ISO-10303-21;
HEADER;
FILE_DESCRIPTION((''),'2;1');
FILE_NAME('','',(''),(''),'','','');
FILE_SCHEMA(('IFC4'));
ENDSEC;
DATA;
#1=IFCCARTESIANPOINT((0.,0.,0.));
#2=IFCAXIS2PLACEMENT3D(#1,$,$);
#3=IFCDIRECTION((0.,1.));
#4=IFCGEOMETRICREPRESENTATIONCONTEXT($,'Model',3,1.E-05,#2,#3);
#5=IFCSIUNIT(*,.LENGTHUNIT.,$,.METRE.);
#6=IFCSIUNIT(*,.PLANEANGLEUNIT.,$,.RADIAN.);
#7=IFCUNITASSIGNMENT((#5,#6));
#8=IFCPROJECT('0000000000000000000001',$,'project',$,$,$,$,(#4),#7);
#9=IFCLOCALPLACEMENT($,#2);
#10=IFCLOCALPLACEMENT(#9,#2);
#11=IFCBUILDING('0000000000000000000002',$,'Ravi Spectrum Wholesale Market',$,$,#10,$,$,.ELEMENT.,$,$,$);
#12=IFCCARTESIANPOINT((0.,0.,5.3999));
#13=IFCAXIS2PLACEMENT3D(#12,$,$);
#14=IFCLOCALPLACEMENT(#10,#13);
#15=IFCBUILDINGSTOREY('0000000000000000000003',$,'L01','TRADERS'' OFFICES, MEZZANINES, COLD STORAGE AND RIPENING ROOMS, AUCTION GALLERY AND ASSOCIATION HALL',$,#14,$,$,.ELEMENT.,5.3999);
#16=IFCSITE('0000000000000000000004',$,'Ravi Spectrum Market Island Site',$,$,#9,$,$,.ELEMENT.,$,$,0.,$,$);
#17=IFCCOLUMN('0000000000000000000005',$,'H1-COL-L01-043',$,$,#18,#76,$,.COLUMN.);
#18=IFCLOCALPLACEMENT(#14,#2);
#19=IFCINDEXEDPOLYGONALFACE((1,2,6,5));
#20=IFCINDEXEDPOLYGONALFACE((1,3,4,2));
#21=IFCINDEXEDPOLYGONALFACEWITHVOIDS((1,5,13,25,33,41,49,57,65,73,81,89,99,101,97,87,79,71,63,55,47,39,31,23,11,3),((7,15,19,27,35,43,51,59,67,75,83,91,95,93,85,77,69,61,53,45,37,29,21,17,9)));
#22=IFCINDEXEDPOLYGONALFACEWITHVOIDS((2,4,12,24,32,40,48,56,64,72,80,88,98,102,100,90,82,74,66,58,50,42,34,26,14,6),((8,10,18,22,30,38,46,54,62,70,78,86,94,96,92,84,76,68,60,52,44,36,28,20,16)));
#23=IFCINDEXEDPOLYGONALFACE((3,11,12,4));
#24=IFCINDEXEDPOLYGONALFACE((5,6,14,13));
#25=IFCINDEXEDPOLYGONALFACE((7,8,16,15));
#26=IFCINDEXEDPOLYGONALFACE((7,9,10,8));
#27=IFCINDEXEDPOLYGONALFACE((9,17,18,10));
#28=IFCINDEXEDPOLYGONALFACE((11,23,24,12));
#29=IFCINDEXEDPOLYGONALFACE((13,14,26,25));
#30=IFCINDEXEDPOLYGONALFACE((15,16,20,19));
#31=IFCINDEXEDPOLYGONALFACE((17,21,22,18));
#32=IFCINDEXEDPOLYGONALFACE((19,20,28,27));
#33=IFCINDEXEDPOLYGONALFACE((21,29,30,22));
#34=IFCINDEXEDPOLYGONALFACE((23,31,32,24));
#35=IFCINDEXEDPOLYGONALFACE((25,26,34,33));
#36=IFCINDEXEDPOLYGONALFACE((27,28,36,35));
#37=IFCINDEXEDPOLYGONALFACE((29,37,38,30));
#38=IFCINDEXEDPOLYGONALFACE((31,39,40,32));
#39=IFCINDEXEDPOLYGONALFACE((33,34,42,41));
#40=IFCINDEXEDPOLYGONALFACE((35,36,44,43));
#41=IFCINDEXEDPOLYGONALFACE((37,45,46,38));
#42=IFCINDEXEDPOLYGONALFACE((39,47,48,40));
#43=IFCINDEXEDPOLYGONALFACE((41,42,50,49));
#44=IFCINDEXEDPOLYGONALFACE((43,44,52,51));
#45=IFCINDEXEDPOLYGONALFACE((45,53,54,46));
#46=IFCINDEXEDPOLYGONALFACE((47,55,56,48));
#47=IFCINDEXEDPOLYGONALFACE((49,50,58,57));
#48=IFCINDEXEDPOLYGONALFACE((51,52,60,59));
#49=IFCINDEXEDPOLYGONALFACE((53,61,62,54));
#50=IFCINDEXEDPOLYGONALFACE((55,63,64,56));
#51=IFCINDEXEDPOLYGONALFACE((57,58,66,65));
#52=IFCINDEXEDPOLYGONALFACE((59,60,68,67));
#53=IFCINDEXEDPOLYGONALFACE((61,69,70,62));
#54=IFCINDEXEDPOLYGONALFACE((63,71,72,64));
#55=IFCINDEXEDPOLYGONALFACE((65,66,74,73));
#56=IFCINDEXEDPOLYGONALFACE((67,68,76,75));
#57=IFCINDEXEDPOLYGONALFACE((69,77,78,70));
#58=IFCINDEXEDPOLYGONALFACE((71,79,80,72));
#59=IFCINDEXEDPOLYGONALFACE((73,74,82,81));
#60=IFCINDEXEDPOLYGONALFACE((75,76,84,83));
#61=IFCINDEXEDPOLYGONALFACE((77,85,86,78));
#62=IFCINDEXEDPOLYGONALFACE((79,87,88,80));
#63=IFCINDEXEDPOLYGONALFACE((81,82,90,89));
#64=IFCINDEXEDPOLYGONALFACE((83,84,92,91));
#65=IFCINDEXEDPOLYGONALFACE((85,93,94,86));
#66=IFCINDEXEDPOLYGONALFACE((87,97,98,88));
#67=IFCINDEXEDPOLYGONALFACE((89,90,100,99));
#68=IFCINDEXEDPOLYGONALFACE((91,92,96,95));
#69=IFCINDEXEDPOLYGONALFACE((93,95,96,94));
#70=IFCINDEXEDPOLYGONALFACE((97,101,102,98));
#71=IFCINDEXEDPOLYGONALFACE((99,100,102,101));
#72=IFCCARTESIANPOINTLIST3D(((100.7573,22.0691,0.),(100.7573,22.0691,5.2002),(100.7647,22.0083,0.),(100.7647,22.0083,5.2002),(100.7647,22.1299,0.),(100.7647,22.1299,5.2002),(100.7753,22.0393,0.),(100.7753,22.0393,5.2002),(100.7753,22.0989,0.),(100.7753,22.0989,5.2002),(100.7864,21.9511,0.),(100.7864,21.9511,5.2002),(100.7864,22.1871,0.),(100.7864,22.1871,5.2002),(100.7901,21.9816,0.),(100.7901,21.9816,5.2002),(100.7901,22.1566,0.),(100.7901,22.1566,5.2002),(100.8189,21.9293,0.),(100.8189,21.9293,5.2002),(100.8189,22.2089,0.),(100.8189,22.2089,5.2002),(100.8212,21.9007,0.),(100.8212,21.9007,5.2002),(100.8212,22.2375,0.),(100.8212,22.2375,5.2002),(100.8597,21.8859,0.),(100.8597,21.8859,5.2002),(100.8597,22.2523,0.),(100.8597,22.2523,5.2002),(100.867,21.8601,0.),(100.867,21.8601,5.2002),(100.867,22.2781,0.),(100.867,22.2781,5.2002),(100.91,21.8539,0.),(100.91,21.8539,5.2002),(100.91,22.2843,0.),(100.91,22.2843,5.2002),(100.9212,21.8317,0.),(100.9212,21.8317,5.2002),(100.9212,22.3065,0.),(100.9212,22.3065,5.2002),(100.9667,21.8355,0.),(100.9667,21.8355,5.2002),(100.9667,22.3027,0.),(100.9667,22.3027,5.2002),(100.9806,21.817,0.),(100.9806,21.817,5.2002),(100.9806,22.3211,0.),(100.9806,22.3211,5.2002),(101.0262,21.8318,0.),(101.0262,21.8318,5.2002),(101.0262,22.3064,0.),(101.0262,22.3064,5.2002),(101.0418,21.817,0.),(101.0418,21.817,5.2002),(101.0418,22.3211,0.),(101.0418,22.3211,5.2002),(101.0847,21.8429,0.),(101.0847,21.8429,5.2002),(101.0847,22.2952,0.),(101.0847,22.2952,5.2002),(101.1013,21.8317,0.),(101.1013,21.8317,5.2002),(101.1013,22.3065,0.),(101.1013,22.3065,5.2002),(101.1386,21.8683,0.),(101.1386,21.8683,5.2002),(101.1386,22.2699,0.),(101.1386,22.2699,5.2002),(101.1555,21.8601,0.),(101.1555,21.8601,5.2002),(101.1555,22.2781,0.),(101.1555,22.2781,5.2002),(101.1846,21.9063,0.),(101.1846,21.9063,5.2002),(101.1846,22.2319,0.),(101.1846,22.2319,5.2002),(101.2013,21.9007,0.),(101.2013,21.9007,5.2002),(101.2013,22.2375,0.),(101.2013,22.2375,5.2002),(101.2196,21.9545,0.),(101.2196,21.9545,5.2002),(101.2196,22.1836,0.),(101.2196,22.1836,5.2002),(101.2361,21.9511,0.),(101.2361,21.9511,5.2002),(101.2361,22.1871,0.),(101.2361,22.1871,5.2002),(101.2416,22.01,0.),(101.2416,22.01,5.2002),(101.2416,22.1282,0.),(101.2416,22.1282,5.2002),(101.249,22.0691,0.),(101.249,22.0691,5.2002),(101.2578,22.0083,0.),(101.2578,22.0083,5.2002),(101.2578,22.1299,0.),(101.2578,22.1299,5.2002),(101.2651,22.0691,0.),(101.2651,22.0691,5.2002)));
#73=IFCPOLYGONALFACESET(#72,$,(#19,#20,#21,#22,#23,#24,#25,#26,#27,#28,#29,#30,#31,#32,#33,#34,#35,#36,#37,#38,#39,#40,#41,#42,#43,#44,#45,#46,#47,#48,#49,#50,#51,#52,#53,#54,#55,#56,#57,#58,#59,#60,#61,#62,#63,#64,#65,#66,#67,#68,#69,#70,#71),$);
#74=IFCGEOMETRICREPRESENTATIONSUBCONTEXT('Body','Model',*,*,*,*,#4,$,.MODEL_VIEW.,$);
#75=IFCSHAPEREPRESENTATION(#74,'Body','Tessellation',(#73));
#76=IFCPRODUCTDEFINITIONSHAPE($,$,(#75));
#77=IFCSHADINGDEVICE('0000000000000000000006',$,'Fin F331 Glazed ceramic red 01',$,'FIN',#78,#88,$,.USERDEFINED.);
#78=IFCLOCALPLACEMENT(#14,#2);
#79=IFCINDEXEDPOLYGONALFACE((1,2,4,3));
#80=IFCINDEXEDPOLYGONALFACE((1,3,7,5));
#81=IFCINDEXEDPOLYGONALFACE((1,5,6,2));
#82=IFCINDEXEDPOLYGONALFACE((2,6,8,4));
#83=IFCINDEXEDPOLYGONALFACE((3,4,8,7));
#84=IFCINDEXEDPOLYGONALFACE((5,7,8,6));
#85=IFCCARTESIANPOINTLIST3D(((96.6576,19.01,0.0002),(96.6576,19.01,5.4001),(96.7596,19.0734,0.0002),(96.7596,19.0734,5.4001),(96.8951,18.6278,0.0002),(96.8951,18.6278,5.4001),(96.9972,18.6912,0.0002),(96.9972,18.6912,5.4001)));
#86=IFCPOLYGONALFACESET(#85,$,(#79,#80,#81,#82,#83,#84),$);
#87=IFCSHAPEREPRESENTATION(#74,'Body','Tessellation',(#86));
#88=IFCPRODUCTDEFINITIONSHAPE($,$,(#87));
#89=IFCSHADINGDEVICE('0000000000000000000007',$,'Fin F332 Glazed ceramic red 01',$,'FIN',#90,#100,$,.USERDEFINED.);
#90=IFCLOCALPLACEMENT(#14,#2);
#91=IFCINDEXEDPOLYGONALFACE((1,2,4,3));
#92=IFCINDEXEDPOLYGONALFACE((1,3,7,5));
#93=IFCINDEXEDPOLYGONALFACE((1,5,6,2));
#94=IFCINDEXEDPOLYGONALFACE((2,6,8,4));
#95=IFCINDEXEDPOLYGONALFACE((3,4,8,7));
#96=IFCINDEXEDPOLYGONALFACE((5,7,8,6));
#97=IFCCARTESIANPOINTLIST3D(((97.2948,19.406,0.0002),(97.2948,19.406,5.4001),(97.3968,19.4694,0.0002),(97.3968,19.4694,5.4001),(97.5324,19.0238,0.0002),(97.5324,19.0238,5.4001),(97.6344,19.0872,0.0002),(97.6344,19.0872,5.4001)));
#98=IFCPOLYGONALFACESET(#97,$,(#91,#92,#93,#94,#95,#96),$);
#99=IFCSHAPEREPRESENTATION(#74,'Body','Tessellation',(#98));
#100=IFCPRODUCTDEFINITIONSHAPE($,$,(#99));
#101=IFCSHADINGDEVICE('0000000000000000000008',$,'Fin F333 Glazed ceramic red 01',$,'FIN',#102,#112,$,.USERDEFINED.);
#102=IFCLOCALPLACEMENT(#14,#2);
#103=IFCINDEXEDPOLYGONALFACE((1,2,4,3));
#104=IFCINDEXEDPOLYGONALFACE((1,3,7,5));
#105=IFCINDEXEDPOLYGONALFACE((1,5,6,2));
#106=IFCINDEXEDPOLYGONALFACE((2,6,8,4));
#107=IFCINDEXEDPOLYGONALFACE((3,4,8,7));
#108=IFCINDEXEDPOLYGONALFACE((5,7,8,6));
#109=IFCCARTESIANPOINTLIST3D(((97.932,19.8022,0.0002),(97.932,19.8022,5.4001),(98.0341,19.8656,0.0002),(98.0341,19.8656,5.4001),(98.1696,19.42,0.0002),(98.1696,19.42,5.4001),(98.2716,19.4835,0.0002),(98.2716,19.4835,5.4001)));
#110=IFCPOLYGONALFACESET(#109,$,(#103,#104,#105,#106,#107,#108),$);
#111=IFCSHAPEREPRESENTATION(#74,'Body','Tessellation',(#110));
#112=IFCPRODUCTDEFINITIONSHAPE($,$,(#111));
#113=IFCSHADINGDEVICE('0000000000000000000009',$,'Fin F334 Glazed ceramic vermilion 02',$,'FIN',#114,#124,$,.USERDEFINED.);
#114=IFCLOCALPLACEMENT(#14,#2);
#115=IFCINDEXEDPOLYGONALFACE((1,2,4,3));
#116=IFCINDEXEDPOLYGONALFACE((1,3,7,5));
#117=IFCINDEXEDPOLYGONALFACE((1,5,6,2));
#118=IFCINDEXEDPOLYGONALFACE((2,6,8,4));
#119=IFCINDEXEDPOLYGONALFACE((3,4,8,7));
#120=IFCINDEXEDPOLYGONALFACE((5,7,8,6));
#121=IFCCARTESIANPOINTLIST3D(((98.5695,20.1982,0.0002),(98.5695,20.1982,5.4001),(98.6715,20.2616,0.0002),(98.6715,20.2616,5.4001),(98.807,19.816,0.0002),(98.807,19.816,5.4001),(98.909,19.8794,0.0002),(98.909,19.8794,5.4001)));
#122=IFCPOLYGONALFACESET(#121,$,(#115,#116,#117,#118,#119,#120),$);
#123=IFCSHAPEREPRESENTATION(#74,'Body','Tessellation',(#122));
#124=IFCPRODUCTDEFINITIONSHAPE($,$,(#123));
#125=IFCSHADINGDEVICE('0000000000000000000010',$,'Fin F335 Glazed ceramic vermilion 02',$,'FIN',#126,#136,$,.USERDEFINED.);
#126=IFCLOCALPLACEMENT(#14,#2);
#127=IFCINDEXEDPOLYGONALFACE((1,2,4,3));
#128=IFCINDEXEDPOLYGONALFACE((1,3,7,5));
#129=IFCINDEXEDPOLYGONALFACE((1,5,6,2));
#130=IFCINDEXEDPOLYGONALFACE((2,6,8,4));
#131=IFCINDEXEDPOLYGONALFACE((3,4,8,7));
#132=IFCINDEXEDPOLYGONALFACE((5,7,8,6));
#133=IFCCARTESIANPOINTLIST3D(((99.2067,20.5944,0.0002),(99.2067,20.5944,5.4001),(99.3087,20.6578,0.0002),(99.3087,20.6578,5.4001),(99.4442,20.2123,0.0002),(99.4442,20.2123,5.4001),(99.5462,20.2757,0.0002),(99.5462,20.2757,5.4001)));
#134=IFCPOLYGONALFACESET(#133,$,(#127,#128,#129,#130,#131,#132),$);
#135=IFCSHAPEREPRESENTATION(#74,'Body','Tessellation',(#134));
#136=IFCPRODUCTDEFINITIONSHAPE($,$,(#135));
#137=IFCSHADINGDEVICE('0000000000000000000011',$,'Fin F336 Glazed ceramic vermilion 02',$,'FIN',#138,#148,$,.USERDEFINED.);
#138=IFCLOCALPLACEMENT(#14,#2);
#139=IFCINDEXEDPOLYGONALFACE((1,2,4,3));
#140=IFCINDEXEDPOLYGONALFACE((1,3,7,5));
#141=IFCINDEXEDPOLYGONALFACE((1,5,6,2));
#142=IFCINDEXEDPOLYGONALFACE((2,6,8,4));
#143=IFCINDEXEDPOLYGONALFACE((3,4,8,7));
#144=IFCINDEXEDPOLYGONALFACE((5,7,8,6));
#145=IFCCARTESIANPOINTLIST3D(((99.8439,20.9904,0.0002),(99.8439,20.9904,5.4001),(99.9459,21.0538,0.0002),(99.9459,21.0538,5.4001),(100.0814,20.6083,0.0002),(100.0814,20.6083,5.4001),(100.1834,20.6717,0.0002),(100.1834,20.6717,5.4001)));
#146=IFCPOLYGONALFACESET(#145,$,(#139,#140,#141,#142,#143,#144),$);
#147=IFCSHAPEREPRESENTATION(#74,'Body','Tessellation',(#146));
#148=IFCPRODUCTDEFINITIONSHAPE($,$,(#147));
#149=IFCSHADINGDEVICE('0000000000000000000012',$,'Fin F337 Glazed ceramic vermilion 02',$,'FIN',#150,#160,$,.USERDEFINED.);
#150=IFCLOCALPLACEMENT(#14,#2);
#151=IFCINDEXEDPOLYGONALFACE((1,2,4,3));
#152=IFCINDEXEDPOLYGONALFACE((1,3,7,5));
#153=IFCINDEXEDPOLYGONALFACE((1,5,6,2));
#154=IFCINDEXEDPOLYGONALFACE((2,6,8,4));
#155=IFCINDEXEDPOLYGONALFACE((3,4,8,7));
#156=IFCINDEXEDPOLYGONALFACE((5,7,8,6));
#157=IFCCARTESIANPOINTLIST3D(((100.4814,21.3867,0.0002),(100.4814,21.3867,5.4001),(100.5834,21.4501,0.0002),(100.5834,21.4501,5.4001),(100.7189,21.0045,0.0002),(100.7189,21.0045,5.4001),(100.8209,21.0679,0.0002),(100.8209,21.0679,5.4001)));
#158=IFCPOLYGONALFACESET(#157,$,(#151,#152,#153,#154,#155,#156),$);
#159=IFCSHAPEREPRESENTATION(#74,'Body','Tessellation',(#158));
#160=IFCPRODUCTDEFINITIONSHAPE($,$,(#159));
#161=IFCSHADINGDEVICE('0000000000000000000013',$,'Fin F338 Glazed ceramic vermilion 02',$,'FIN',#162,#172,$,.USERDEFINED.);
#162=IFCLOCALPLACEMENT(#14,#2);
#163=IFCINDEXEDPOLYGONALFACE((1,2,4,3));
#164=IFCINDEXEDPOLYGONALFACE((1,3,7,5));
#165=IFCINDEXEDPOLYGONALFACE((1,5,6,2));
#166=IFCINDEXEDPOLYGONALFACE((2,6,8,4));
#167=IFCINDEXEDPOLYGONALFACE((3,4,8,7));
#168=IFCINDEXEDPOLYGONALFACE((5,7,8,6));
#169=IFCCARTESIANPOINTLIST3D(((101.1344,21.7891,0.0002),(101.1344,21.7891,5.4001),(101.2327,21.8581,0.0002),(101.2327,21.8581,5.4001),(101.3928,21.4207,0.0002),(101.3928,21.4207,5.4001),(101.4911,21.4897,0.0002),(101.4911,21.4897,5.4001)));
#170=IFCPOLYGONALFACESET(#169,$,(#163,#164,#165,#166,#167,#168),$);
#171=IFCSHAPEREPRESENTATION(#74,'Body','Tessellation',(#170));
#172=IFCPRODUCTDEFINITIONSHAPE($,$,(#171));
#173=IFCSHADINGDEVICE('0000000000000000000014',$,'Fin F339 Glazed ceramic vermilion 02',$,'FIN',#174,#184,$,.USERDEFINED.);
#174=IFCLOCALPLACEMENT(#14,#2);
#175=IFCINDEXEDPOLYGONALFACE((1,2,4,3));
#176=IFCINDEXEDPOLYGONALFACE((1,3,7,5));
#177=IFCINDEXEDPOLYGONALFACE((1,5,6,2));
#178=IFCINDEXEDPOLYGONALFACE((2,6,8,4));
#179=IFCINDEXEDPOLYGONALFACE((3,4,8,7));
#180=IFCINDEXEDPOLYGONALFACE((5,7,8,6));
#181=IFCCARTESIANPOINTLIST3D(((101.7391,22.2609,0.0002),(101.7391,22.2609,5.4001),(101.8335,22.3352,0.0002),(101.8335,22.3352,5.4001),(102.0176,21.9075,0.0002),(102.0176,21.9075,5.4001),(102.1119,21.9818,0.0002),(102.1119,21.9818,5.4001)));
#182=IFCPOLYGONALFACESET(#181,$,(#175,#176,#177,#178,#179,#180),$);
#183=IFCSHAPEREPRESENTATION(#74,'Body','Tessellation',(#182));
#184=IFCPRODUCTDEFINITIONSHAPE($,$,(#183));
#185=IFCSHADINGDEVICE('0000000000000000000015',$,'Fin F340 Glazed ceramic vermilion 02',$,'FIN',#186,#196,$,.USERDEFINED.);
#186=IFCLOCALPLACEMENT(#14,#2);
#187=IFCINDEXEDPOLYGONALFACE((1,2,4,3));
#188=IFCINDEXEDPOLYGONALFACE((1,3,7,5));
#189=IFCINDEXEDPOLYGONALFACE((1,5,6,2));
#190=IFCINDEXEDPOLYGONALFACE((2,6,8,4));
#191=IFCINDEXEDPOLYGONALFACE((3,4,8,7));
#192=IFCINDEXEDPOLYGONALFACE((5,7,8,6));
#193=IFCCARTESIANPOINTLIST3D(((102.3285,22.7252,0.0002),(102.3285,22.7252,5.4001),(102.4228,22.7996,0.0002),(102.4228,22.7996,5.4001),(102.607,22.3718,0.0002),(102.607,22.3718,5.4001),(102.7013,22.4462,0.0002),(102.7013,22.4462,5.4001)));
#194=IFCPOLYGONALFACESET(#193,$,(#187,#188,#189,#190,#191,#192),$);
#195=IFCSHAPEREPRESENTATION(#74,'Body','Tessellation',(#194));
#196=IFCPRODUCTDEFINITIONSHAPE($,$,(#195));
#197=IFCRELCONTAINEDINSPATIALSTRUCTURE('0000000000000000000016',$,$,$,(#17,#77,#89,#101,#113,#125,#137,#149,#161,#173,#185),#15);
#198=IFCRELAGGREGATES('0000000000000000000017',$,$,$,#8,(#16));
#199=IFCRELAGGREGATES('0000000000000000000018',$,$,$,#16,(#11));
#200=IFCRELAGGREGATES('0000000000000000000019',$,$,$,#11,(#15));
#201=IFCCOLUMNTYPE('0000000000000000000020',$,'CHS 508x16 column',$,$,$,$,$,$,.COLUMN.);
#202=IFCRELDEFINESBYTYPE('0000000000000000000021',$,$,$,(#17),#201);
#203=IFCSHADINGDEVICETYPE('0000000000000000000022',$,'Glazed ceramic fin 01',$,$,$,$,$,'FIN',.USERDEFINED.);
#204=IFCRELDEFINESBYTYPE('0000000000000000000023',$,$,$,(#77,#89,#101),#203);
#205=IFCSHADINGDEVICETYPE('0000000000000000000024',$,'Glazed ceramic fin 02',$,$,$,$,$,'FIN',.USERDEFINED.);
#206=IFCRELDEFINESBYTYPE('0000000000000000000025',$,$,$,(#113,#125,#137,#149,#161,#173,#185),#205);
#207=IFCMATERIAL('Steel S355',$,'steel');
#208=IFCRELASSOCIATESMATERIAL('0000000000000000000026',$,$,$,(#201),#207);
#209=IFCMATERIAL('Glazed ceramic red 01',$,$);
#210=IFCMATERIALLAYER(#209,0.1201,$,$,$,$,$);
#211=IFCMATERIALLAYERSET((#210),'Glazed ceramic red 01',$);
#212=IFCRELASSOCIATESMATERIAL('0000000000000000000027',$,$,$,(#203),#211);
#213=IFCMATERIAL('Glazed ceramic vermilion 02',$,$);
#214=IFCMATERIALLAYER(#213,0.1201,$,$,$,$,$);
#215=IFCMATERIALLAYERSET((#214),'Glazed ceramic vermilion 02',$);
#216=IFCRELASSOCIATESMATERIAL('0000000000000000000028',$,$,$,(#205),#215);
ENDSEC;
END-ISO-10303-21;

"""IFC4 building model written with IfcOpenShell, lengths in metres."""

from ifc_helpers import new_model, si_unit, direction, frame, origin, origin_2d, place, context, subcontext, project, spatial, rectangle, hollow_circle, extrude, material, layer, layer_set, material_profile, profile_set, type_object, element, save


model = new_model("IFC4")

# Units and contexts
model_context = context("Model", 3, precision=1e-05, world=origin(), true_north=direction((0.0, 1.0)))
body_context = subcontext(model_context, "Body", "Model", "MODEL_VIEW")
ifc_project = project(units=[si_unit("LENGTHUNIT", "METRE"), si_unit("PLANEANGLEUNIT", "RADIAN")], contexts=[model_context])

# Site, building, storey
site_placement = place(None, origin())
site = spatial("IfcSite", under=ifc_project, at=site_placement, Name="Ravi Spectrum Market Island Site", CompositionType="ELEMENT", RefElevation=0.0)
building_placement = place(site_placement, origin())
building = spatial("IfcBuilding", under=site, at=building_placement, Name="Ravi Spectrum Wholesale Market", CompositionType="ELEMENT")
storey_placement = place(building_placement, frame((0.0, 0.0, 5.3999)))
storey = spatial("IfcBuildingStorey", under=building, at=storey_placement, Name="L01", Description="TRADERS' OFFICES, MEZZANINES, COLD STORAGE AND RIPENING ROOMS, AUCTION GALLERY AND ASSOCIATION HALL", CompositionType="ELEMENT", Elevation=5.3999)

# Column
ifc_material_1 = material(Name="Steel S355", Category="steel")
ifc_material_profile_1 = material_profile(ifc_material_1, hollow_circle(Radius=0.2539, WallThickness=0.0161, at=origin_2d()))
ifc_profile_set_1 = profile_set([ifc_material_profile_1], Name="Steel S355")
column_type = type_object("IfcColumnType", Name="CHS 508x16 column", PredefinedType="COLUMN", material=ifc_profile_set_1)
column_placement = place(storey_placement, frame((101.0112, 22.0691, 0.0), z_axis=(0.0, 0.0, 1.0), x_axis=(1.0, 0.0, 0.0)))
element("IfcColumn", 1, at=column_placement, inside=storey, type_object=column_type, Name="H1-COL-L01-043", PredefinedType="COLUMN", context=body_context, shape_type="SweptSolid", body=[
    extrude(hollow_circle(Radius=0.2539, WallThickness=0.0161, at=origin_2d()), origin(), (0.0, 0.0, 1.0), 5.2002),
])

# Shading devices
ifc_material_2 = material(Name="Glazed ceramic red 01")
ifc_layer_1 = layer(ifc_material_2, 0.1201)
ifc_layer_set_1 = layer_set([ifc_layer_1], Name="Glazed ceramic red 01")
shading_device_type_1 = type_object("IfcShadingDeviceType", Name="Glazed ceramic fin 01", ElementType="FIN", PredefinedType="USERDEFINED", material=ifc_layer_set_1)
for number, where, z_axis, x_axis, name in (
    (2, (96.8274, 18.8506, 0.0002), (0.0, 0.0, 1.0), (0.849312, 0.527891, 0.0), "Fin F331 Glazed ceramic red 01"),
    (3, (97.4646, 19.2466, 0.0002), (0.0, 0.0, 1.0), (0.849312, 0.527891, 0.0), "Fin F332 Glazed ceramic red 01"),
    (4, (98.1018, 19.6428, 0.0002), (0.0, 0.0, 1.0), (0.849312, 0.527891, 0.0), "Fin F333 Glazed ceramic red 01"),
):
    element("IfcShadingDevice", number, at=place(storey_placement, frame(where, z_axis=z_axis, x_axis=x_axis)), inside=storey, type_object=shading_device_type_1, Name=name, ObjectType="FIN", PredefinedType="USERDEFINED", context=body_context, shape_type="SweptSolid", body=[
        extrude(rectangle(XDim=0.1201, YDim=0.45, at=origin_2d()), origin(), (0.0, 0.0, 1.0), 5.3999),
    ])
ifc_material_3 = material(Name="Glazed ceramic vermilion 02")
ifc_layer_2 = layer(ifc_material_3, 0.1201)
ifc_layer_set_2 = layer_set([ifc_layer_2], Name="Glazed ceramic vermilion 02")
shading_device_type_2 = type_object("IfcShadingDeviceType", Name="Glazed ceramic fin 02", ElementType="FIN", PredefinedType="USERDEFINED", material=ifc_layer_set_2)
for number, where, z_axis, x_axis, name in (
    (5, (98.7393, 20.0388, 0.0002), (0.0, 0.0, 1.0), (0.849312, 0.527891, 0.0), "Fin F334 Glazed ceramic vermilion 02"),
    (6, (99.3765, 20.4351, 0.0002), (0.0, 0.0, 1.0), (0.849312, 0.527891, 0.0), "Fin F335 Glazed ceramic vermilion 02"),
    (7, (100.0137, 20.8311, 0.0002), (0.0, 0.0, 1.0), (0.849312, 0.527891, 0.0), "Fin F336 Glazed ceramic vermilion 02"),
    (8, (100.6511, 21.2273, 0.0002), (0.0, 0.0, 1.0), (0.849312, 0.527891, 0.0), "Fin F337 Glazed ceramic vermilion 02"),
    (9, (101.3127, 21.6394, 0.0002), (0.0, 0.0, 1.0), (0.818658, 0.574282, 0.0), "Fin F338 Glazed ceramic vermilion 02"),
    (10, (101.9255, 22.1213, 0.0002), (0.0, 0.0, 1.0), (0.785472, 0.618897, 0.0), "Fin F339 Glazed ceramic vermilion 02"),
    (11, (102.5149, 22.5857, 0.0002), (0.0, 0.0, 1.0), (0.785472, 0.618897, 0.0), "Fin F340 Glazed ceramic vermilion 02"),
):
    element("IfcShadingDevice", number, at=place(storey_placement, frame(where, z_axis=z_axis, x_axis=x_axis)), inside=storey, type_object=shading_device_type_2, Name=name, ObjectType="FIN", PredefinedType="USERDEFINED", context=body_context, shape_type="SweptSolid", body=[
        extrude(rectangle(XDim=0.1201, YDim=0.45, at=origin_2d()), origin(), (0.0, 0.0, 1.0), 5.3999),
    ])

save(model, "model.ifc")
